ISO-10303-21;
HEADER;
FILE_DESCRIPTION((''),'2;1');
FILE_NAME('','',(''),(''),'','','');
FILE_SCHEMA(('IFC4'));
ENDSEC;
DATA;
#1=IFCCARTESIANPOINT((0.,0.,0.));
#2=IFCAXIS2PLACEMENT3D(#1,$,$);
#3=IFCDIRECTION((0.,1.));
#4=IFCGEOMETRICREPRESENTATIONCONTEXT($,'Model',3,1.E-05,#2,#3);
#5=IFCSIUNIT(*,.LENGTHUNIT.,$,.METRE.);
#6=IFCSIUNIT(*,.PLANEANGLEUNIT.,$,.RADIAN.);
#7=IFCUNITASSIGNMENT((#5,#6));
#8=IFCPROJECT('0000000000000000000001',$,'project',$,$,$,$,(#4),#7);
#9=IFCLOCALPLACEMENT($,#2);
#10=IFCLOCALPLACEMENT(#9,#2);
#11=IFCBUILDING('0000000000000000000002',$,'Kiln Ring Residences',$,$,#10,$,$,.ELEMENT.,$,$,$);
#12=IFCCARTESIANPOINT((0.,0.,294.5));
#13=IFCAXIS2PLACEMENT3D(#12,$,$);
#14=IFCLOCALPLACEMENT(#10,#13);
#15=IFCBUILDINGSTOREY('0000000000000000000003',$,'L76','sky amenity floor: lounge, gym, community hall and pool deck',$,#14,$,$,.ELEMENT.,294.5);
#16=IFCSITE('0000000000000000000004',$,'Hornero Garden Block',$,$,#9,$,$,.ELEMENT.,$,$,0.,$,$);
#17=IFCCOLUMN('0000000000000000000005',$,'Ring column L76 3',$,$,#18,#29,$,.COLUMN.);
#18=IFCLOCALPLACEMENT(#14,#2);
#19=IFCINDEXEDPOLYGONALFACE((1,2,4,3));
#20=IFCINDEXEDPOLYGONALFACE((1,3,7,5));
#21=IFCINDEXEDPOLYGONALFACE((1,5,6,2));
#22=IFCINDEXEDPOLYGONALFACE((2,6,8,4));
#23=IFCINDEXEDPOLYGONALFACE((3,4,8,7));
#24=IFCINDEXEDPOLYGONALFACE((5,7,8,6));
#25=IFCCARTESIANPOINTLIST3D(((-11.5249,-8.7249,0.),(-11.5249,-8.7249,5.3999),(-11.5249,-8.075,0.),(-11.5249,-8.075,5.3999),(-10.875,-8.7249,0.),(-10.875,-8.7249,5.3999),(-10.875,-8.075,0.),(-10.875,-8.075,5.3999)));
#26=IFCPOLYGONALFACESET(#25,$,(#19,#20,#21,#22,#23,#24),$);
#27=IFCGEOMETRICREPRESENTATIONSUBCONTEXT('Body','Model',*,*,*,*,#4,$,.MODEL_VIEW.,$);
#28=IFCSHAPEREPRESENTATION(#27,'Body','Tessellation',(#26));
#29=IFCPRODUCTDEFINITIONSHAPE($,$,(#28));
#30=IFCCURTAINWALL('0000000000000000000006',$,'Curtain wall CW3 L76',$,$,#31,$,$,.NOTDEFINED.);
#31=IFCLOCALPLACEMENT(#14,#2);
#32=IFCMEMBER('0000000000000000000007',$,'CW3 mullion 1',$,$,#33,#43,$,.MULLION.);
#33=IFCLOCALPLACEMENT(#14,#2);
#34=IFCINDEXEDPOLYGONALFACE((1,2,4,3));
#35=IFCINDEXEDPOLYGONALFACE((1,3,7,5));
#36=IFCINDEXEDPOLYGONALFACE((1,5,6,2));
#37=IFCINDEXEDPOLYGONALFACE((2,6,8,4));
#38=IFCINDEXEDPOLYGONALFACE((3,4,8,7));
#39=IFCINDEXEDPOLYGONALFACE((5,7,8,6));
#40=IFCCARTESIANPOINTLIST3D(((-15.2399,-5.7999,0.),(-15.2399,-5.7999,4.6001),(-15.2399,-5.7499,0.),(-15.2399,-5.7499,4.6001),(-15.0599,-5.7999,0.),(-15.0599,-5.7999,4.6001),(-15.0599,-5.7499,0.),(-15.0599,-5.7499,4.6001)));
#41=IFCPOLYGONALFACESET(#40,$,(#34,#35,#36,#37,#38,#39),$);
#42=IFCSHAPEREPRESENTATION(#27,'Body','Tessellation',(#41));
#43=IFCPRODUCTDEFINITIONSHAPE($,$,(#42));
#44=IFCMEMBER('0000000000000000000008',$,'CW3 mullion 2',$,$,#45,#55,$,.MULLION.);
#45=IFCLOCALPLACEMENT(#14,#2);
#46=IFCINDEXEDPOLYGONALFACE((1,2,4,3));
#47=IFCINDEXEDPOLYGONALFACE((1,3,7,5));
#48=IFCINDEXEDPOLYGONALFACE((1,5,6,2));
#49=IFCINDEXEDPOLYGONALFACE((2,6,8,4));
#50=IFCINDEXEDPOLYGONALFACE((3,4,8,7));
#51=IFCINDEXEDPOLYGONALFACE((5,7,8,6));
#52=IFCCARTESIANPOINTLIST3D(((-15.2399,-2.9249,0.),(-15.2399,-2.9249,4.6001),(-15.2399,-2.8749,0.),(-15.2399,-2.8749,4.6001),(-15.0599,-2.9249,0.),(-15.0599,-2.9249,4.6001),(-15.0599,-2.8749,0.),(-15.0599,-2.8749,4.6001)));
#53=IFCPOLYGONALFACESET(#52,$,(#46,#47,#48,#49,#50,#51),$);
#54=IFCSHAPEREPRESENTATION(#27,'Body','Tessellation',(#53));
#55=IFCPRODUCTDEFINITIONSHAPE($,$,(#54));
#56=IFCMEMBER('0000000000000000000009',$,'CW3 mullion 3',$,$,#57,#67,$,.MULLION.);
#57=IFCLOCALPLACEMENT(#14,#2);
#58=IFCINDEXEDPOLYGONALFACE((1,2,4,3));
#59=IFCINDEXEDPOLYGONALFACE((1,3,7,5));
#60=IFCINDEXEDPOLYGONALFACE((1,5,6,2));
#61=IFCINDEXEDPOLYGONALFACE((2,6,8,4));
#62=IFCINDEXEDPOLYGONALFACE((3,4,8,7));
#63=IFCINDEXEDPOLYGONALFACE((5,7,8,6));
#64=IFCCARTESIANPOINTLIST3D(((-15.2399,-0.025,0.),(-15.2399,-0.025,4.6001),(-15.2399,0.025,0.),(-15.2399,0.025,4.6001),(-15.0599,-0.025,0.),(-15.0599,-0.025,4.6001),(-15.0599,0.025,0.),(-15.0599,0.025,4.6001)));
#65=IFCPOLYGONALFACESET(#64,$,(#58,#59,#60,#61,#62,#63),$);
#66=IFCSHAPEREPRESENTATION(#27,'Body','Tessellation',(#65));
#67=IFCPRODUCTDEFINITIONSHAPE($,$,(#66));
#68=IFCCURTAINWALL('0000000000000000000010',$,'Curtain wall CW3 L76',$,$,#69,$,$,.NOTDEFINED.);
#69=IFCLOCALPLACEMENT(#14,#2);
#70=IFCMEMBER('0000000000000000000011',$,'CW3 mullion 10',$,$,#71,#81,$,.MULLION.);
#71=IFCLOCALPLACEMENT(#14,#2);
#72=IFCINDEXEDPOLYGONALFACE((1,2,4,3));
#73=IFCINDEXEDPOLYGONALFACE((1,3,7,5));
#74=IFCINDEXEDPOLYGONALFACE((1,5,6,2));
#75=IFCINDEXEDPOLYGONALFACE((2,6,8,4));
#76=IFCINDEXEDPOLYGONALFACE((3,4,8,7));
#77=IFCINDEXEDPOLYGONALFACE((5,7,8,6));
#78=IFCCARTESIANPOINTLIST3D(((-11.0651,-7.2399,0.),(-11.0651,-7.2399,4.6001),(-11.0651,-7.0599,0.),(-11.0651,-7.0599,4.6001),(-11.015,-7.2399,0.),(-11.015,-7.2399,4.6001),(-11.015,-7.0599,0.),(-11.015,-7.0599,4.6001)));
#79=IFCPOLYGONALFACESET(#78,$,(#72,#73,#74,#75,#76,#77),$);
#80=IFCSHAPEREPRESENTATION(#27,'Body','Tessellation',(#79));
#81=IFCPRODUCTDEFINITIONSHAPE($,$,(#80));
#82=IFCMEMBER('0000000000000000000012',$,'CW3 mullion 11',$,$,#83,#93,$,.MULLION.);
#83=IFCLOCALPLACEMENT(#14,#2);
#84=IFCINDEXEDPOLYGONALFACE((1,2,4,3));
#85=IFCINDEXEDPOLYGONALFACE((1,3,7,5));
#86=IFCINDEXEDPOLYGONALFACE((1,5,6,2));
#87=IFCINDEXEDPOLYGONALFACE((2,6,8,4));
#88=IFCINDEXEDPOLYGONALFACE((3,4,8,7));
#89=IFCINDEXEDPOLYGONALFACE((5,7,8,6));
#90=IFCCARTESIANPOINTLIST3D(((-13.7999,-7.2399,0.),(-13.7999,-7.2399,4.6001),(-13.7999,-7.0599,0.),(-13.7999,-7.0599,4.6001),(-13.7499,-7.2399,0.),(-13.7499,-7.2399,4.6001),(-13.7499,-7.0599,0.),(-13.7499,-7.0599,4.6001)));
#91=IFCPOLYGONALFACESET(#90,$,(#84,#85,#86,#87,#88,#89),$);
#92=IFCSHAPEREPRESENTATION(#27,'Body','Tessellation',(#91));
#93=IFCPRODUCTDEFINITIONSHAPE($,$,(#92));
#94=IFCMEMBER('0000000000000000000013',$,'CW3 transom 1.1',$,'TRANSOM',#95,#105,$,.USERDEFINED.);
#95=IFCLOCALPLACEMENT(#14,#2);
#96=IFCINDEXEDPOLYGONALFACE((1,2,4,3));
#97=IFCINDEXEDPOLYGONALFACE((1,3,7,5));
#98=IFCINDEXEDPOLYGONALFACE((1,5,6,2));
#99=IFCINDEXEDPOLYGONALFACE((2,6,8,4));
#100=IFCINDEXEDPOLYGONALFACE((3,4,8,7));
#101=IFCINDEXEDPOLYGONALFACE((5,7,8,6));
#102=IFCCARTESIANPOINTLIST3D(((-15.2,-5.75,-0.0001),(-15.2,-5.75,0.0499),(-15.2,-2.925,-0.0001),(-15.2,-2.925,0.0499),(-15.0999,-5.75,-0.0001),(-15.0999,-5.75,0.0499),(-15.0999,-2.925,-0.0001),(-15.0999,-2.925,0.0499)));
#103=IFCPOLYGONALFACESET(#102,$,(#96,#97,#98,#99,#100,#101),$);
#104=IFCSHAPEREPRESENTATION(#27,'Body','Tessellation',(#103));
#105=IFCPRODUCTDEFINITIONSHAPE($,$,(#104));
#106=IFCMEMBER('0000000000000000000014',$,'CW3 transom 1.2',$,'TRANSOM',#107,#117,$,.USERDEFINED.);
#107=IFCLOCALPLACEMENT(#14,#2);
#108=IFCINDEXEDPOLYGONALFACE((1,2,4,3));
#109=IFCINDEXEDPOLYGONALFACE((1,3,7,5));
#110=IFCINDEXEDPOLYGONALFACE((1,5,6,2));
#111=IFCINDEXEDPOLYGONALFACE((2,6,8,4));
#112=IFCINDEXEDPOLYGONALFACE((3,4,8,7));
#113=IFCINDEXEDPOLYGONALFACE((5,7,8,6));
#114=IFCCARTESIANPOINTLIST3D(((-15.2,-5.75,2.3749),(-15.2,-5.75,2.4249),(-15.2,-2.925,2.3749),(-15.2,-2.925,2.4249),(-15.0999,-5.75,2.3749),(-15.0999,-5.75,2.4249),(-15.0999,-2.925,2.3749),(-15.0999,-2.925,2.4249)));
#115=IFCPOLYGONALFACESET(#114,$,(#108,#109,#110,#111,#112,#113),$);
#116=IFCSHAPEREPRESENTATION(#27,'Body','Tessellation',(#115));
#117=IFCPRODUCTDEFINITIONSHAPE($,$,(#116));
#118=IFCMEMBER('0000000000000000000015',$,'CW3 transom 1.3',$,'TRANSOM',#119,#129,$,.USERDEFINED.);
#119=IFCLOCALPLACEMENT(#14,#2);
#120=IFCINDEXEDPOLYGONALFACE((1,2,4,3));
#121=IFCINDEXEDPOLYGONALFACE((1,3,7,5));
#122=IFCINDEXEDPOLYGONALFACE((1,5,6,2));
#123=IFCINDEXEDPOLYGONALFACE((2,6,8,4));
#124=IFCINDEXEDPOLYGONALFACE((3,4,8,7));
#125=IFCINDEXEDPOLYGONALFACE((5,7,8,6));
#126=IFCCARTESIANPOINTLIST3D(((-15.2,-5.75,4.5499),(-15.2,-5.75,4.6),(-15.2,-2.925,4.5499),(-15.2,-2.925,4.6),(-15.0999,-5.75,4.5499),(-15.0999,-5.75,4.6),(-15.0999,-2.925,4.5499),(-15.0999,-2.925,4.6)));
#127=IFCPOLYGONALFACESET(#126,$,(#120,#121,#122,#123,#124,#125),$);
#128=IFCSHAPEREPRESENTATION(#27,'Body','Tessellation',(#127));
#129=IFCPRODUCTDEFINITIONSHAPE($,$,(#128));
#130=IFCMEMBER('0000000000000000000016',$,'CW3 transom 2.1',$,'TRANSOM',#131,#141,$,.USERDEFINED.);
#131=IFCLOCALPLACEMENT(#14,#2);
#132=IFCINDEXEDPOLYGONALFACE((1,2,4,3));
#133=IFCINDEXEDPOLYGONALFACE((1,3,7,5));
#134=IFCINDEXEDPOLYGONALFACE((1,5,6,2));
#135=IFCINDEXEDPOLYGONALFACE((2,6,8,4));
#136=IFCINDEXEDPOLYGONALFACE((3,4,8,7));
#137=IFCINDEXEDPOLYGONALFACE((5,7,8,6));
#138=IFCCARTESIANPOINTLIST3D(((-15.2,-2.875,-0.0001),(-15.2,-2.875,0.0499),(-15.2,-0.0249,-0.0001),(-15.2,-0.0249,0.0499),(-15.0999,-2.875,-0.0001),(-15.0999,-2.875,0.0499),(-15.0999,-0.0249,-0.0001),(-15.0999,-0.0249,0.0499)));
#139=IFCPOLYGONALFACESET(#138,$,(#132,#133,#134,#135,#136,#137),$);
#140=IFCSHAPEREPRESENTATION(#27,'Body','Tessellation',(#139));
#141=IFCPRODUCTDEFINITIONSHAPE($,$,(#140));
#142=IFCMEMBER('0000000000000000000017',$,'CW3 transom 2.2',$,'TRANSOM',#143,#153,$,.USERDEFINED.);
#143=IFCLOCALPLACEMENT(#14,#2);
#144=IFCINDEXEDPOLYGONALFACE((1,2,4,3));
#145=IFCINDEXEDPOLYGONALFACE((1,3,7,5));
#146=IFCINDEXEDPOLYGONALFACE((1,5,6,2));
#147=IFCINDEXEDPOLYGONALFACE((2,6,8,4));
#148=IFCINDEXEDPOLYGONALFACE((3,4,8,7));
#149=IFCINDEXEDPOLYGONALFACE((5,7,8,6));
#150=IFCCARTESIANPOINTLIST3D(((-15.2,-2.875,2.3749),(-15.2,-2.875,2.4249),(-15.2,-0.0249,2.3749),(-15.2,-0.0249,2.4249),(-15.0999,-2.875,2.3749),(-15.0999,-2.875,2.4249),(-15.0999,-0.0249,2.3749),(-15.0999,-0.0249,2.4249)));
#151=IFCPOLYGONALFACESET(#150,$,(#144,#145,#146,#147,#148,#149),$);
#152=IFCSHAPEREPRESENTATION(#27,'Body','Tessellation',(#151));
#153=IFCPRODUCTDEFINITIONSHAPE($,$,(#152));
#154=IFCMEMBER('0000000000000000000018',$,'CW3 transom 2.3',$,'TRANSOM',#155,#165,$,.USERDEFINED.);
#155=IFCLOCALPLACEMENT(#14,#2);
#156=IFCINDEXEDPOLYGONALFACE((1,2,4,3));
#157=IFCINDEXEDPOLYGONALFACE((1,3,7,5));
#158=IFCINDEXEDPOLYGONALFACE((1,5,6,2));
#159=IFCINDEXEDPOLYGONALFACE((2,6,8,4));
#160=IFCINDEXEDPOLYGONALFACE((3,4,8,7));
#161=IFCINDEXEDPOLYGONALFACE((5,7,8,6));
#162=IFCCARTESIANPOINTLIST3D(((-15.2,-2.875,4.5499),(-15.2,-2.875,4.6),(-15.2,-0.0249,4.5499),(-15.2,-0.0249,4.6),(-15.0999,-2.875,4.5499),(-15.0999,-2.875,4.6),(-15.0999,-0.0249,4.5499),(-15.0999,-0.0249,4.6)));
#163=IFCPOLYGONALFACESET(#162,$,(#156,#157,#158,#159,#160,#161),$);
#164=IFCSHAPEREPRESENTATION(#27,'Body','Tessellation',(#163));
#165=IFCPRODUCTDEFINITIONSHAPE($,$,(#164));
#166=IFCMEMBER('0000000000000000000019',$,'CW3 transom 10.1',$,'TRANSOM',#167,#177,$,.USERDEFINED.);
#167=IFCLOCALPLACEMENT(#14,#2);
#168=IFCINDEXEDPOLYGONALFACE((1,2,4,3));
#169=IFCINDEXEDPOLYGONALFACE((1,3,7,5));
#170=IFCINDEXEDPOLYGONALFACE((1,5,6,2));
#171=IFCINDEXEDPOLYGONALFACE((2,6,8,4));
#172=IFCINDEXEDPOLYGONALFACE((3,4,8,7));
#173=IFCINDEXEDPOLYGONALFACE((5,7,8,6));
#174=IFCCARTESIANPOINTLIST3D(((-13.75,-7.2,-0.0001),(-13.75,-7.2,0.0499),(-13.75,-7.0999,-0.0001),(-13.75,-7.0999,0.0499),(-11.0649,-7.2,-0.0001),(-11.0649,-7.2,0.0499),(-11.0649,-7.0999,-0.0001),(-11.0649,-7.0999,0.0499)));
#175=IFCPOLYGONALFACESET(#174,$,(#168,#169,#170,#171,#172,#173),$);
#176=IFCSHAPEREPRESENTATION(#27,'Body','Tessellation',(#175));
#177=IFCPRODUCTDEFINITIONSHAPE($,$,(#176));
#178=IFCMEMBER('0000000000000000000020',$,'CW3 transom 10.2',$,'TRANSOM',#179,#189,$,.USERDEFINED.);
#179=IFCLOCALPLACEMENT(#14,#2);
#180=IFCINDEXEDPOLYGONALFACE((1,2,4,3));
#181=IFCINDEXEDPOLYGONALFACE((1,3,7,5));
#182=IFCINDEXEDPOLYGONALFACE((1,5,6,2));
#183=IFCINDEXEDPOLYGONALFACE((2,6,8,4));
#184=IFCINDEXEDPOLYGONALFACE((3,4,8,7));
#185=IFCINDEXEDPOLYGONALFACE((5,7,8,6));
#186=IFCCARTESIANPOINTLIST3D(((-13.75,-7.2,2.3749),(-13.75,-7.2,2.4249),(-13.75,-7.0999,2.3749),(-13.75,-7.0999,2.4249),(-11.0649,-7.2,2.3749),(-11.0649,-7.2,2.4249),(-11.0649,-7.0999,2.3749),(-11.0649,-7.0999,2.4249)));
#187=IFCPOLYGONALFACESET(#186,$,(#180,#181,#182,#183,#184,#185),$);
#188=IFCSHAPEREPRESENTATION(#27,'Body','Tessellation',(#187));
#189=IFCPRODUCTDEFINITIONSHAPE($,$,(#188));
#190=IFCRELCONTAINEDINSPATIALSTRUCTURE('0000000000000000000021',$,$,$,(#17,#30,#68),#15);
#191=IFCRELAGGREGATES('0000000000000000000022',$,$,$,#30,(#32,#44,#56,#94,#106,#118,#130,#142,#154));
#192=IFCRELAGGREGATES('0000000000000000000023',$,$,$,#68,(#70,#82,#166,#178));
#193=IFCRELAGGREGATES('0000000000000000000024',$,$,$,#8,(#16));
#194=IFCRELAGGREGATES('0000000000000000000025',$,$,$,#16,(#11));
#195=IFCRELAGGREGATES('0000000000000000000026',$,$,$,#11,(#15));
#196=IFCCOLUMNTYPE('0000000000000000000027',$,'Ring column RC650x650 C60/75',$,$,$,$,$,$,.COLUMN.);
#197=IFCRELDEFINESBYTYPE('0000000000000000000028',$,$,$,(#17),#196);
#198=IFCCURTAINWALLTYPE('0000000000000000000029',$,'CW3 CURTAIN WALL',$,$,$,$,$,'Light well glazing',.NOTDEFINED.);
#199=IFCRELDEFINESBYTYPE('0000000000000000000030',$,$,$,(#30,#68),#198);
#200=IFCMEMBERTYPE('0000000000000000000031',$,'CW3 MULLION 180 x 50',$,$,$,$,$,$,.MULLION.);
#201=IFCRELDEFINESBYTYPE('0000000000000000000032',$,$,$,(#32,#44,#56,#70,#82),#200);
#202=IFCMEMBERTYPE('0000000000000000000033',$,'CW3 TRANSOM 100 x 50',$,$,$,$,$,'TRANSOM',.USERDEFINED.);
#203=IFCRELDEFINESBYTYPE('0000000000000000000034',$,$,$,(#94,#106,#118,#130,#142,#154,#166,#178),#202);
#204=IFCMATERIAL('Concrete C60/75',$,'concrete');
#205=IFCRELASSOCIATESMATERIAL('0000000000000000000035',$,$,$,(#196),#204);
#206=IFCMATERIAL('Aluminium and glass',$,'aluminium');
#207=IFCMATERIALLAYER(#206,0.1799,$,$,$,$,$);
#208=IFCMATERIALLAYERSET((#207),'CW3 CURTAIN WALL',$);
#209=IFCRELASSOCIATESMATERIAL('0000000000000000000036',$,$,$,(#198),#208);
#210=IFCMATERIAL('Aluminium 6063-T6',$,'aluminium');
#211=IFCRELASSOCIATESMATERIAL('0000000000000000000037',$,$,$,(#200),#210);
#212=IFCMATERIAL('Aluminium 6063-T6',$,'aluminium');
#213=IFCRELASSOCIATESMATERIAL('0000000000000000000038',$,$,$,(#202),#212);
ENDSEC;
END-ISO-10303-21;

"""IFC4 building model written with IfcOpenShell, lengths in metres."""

from ifc_helpers import new_model, si_unit, direction, frame, origin, origin_2d, place, context, subcontext, project, spatial, rectangle, extrude, material, layer, layer_set, material_profile, profile_set, type_object, element, aggregate, save


model = new_model("IFC4")

# Units and contexts
model_context = context("Model", 3, precision=1e-05, world=origin(), true_north=direction((0.0, 1.0)))
body_context = subcontext(model_context, "Body", "Model", "MODEL_VIEW")
ifc_project = project(units=[si_unit("LENGTHUNIT", "METRE"), si_unit("PLANEANGLEUNIT", "RADIAN")], contexts=[model_context])

# Site, building, storey
site_placement = place(None, origin())
site = spatial("IfcSite", under=ifc_project, at=site_placement, Name="Hornero Garden Block", CompositionType="ELEMENT", RefElevation=0.0)
building_placement = place(site_placement, origin())
building = spatial("IfcBuilding", under=site, at=building_placement, Name="Kiln Ring Residences", CompositionType="ELEMENT")
storey_placement = place(building_placement, frame((0.0, 0.0, 294.5)))
storey = spatial("IfcBuildingStorey", under=building, at=storey_placement, Name="L76", Description="sky amenity floor: lounge, gym, community hall and pool deck", CompositionType="ELEMENT", Elevation=294.5)

# Column
ifc_material_1 = material(Name="Concrete C60/75", Category="concrete")
ifc_material_profile_1 = material_profile(ifc_material_1, rectangle(XDim=0.6499, YDim=0.6499, at=origin_2d()), Name="RC650x650")
ifc_profile_set_1 = profile_set([ifc_material_profile_1], Name="Concrete C60/75")
column_type = type_object("IfcColumnType", Name="Ring column RC650x650 C60/75", PredefinedType="COLUMN", material=ifc_profile_set_1)
column_placement = place(storey_placement, frame((-11.2, -8.3999, 0.0), z_axis=(0.0, 0.0, 1.0), x_axis=(1.0, 0.0, 0.0)))
element("IfcColumn", 1, at=column_placement, inside=storey, type_object=column_type, Name="Ring column L76 3", PredefinedType="COLUMN", context=body_context, shape_type="SweptSolid", body=[
    extrude(rectangle(XDim=0.6499, YDim=0.6499, at=origin_2d()), origin(), (0.0, 0.0, 1.0), 5.3999),
])

# Curtain walls, members
ifc_material_2 = material(Name="Aluminium and glass", Category="aluminium")
ifc_layer_1 = layer(ifc_material_2, 0.1799)
ifc_layer_set_1 = layer_set([ifc_layer_1], Name="CW3 CURTAIN WALL")
curtain_wall_type = type_object("IfcCurtainWallType", Name="CW3 CURTAIN WALL", ElementType="Light well glazing", PredefinedType="NOTDEFINED", material=ifc_layer_set_1)
placement = place(storey_placement, origin())
curtain_wall_1 = element("IfcCurtainWall", 2, at=placement, inside=storey, type_object=curtain_wall_type, Name="Curtain wall CW3 L76", PredefinedType="NOTDEFINED")
ifc_material_3 = material(Name="Aluminium 6063-T6", Category="aluminium")
ifc_material_profile_2 = material_profile(ifc_material_3, rectangle(XDim=0.1799, YDim=0.05, at=origin_2d()), Name="AL 180x50")
ifc_profile_set_2 = profile_set([ifc_material_profile_2], Name="Aluminium 6063-T6")
member_type_1 = type_object("IfcMemberType", Name="CW3 MULLION 180 x 50", PredefinedType="MULLION", material=ifc_profile_set_2)
member_1_placement = place(storey_placement, frame((-15.1499, -5.7749, 0.0), z_axis=(0.0, 0.0, 1.0), x_axis=(-1.0, 0.0, 0.0)))
member_1 = element("IfcMember", 3, at=member_1_placement, type_object=member_type_1, Name="CW3 mullion 1", PredefinedType="MULLION", context=body_context, shape_type="SweptSolid", body=[
    extrude(rectangle(XDim=0.1799, YDim=0.05, at=origin_2d()), origin(), (0.0, 0.0, 1.0), 4.6001),
])
member_2_placement = place(storey_placement, frame((-15.1499, -2.8999, 0.0), z_axis=(0.0, 0.0, 1.0), x_axis=(-1.0, 0.0, 0.0)))
member_2 = element("IfcMember", 4, at=member_2_placement, type_object=member_type_1, Name="CW3 mullion 2", PredefinedType="MULLION", context=body_context, shape_type="SweptSolid", body=[
    extrude(rectangle(XDim=0.1799, YDim=0.05, at=origin_2d()), origin(), (0.0, 0.0, 1.0), 4.6001),
])
member_3_placement = place(storey_placement, frame((-15.1499, 0.0, 0.0), z_axis=(0.0, 0.0, 1.0), x_axis=(-1.0, 0.0, 0.0)))
member_3 = element("IfcMember", 5, at=member_3_placement, type_object=member_type_1, Name="CW3 mullion 3", PredefinedType="MULLION", context=body_context, shape_type="SweptSolid", body=[
    extrude(rectangle(XDim=0.1799, YDim=0.05, at=origin_2d()), origin(), (0.0, 0.0, 1.0), 4.6001),
])
curtain_wall_2 = element("IfcCurtainWall", 6, at=placement, inside=storey, type_object=curtain_wall_type, Name="Curtain wall CW3 L76", PredefinedType="NOTDEFINED")
member_4_placement = place(storey_placement, frame((-11.04, -7.1499, 0.0), z_axis=(0.0, 0.0, 1.0), x_axis=(0.0, -1.0, 0.0)))
member_4 = element("IfcMember", 7, at=member_4_placement, type_object=member_type_1, Name="CW3 mullion 10", PredefinedType="MULLION", context=body_context, shape_type="SweptSolid", body=[
    extrude(rectangle(XDim=0.1799, YDim=0.05, at=origin_2d()), origin(), (0.0, 0.0, 1.0), 4.6001),
])
member_5_placement = place(storey_placement, frame((-13.7749, -7.1499, 0.0), z_axis=(0.0, 0.0, 1.0), x_axis=(0.0, -1.0, 0.0)))
member_5 = element("IfcMember", 8, at=member_5_placement, type_object=member_type_1, Name="CW3 mullion 11", PredefinedType="MULLION", context=body_context, shape_type="SweptSolid", body=[
    extrude(rectangle(XDim=0.1799, YDim=0.05, at=origin_2d()), origin(), (0.0, 0.0, 1.0), 4.6001),
])

# Members
ifc_material_4 = material(Name="Aluminium 6063-T6", Category="aluminium")
ifc_material_profile_3 = material_profile(ifc_material_4, rectangle(XDim=0.1001, YDim=0.05, at=origin_2d()), Name="AL 100x50")
ifc_profile_set_3 = profile_set([ifc_material_profile_3], Name="Aluminium 6063-T6")
member_type_2 = type_object("IfcMemberType", Name="CW3 TRANSOM 100 x 50", ElementType="TRANSOM", PredefinedType="USERDEFINED", material=ifc_profile_set_3)
member_6_placement = place(storey_placement, frame((-15.1499, -5.75, 0.0249), z_axis=(0.0, 1.0, 0.0), x_axis=(-1.0, 0.0, 0.0)))
member_6 = element("IfcMember", 9, at=member_6_placement, type_object=member_type_2, Name="CW3 transom 1.1", ObjectType="TRANSOM", PredefinedType="USERDEFINED", context=body_context, shape_type="SweptSolid", body=[
    extrude(rectangle(XDim=0.1001, YDim=0.05, at=origin_2d()), origin(), (0.0, 0.0, 1.0), 2.825),
])
member_7_placement = place(storey_placement, frame((-15.1499, -5.75, 2.3999), z_axis=(0.0, 1.0, 0.0), x_axis=(-1.0, 0.0, 0.0)))
member_7 = element("IfcMember", 10, at=member_7_placement, type_object=member_type_2, Name="CW3 transom 1.2", ObjectType="TRANSOM", PredefinedType="USERDEFINED", context=body_context, shape_type="SweptSolid", body=[
    extrude(rectangle(XDim=0.1001, YDim=0.05, at=origin_2d()), origin(), (0.0, 0.0, 1.0), 2.825),
])
member_8_placement = place(storey_placement, frame((-15.1499, -5.75, 4.575), z_axis=(0.0, 1.0, 0.0), x_axis=(-1.0, 0.0, 0.0)))
member_8 = element("IfcMember", 11, at=member_8_placement, type_object=member_type_2, Name="CW3 transom 1.3", ObjectType="TRANSOM", PredefinedType="USERDEFINED", context=body_context, shape_type="SweptSolid", body=[
    extrude(rectangle(XDim=0.1001, YDim=0.05, at=origin_2d()), origin(), (0.0, 0.0, 1.0), 2.825),
])
member_9_placement = place(storey_placement, frame((-15.1499, -2.875, 0.0249), z_axis=(0.0, 1.0, 0.0), x_axis=(-1.0, 0.0, 0.0)))
member_9 = element("IfcMember", 12, at=member_9_placement, type_object=member_type_2, Name="CW3 transom 2.1", ObjectType="TRANSOM", PredefinedType="USERDEFINED", context=body_context, shape_type="SweptSolid", body=[
    extrude(rectangle(XDim=0.1001, YDim=0.05, at=origin_2d()), origin(), (0.0, 0.0, 1.0), 2.8501),
])
member_10_placement = place(storey_placement, frame((-15.1499, -2.875, 2.3999), z_axis=(0.0, 1.0, 0.0), x_axis=(-1.0, 0.0, 0.0)))
member_10 = element("IfcMember", 13, at=member_10_placement, type_object=member_type_2, Name="CW3 transom 2.2", ObjectType="TRANSOM", PredefinedType="USERDEFINED", context=body_context, shape_type="SweptSolid", body=[
    extrude(rectangle(XDim=0.1001, YDim=0.05, at=origin_2d()), origin(), (0.0, 0.0, 1.0), 2.8501),
])
member_11_placement = place(storey_placement, frame((-15.1499, -2.875, 4.575), z_axis=(0.0, 1.0, 0.0), x_axis=(-1.0, 0.0, 0.0)))
member_11 = element("IfcMember", 14, at=member_11_placement, type_object=member_type_2, Name="CW3 transom 2.3", ObjectType="TRANSOM", PredefinedType="USERDEFINED", context=body_context, shape_type="SweptSolid", body=[
    extrude(rectangle(XDim=0.1001, YDim=0.05, at=origin_2d()), origin(), (0.0, 0.0, 1.0), 2.8501),
])
member_12_placement = place(storey_placement, frame((-11.0649, -7.1499, 0.0249), z_axis=(-1.0, 0.0, 0.0), x_axis=(0.0, -1.0, 0.0)))
member_12 = element("IfcMember", 15, at=member_12_placement, type_object=member_type_2, Name="CW3 transom 10.1", ObjectType="TRANSOM", PredefinedType="USERDEFINED", context=body_context, shape_type="SweptSolid", body=[
    extrude(rectangle(XDim=0.1001, YDim=0.05, at=origin_2d()), origin(), (0.0, 0.0, 1.0), 2.6851),
])
member_13_placement = place(storey_placement, frame((-11.0649, -7.1499, 2.3999), z_axis=(-1.0, 0.0, 0.0), x_axis=(0.0, -1.0, 0.0)))
member_13 = element("IfcMember", 16, at=member_13_placement, type_object=member_type_2, Name="CW3 transom 10.2", ObjectType="TRANSOM", PredefinedType="USERDEFINED", context=body_context, shape_type="SweptSolid", body=[
    extrude(rectangle(XDim=0.1001, YDim=0.05, at=origin_2d()), origin(), (0.0, 0.0, 1.0), 2.6851),
])

aggregate(curtain_wall_1, [member_1, member_2, member_3, member_6, member_7, member_8, member_9, member_10, member_11])
aggregate(curtain_wall_2, [member_4, member_5, member_12, member_13])

save(model, "model.ifc")
